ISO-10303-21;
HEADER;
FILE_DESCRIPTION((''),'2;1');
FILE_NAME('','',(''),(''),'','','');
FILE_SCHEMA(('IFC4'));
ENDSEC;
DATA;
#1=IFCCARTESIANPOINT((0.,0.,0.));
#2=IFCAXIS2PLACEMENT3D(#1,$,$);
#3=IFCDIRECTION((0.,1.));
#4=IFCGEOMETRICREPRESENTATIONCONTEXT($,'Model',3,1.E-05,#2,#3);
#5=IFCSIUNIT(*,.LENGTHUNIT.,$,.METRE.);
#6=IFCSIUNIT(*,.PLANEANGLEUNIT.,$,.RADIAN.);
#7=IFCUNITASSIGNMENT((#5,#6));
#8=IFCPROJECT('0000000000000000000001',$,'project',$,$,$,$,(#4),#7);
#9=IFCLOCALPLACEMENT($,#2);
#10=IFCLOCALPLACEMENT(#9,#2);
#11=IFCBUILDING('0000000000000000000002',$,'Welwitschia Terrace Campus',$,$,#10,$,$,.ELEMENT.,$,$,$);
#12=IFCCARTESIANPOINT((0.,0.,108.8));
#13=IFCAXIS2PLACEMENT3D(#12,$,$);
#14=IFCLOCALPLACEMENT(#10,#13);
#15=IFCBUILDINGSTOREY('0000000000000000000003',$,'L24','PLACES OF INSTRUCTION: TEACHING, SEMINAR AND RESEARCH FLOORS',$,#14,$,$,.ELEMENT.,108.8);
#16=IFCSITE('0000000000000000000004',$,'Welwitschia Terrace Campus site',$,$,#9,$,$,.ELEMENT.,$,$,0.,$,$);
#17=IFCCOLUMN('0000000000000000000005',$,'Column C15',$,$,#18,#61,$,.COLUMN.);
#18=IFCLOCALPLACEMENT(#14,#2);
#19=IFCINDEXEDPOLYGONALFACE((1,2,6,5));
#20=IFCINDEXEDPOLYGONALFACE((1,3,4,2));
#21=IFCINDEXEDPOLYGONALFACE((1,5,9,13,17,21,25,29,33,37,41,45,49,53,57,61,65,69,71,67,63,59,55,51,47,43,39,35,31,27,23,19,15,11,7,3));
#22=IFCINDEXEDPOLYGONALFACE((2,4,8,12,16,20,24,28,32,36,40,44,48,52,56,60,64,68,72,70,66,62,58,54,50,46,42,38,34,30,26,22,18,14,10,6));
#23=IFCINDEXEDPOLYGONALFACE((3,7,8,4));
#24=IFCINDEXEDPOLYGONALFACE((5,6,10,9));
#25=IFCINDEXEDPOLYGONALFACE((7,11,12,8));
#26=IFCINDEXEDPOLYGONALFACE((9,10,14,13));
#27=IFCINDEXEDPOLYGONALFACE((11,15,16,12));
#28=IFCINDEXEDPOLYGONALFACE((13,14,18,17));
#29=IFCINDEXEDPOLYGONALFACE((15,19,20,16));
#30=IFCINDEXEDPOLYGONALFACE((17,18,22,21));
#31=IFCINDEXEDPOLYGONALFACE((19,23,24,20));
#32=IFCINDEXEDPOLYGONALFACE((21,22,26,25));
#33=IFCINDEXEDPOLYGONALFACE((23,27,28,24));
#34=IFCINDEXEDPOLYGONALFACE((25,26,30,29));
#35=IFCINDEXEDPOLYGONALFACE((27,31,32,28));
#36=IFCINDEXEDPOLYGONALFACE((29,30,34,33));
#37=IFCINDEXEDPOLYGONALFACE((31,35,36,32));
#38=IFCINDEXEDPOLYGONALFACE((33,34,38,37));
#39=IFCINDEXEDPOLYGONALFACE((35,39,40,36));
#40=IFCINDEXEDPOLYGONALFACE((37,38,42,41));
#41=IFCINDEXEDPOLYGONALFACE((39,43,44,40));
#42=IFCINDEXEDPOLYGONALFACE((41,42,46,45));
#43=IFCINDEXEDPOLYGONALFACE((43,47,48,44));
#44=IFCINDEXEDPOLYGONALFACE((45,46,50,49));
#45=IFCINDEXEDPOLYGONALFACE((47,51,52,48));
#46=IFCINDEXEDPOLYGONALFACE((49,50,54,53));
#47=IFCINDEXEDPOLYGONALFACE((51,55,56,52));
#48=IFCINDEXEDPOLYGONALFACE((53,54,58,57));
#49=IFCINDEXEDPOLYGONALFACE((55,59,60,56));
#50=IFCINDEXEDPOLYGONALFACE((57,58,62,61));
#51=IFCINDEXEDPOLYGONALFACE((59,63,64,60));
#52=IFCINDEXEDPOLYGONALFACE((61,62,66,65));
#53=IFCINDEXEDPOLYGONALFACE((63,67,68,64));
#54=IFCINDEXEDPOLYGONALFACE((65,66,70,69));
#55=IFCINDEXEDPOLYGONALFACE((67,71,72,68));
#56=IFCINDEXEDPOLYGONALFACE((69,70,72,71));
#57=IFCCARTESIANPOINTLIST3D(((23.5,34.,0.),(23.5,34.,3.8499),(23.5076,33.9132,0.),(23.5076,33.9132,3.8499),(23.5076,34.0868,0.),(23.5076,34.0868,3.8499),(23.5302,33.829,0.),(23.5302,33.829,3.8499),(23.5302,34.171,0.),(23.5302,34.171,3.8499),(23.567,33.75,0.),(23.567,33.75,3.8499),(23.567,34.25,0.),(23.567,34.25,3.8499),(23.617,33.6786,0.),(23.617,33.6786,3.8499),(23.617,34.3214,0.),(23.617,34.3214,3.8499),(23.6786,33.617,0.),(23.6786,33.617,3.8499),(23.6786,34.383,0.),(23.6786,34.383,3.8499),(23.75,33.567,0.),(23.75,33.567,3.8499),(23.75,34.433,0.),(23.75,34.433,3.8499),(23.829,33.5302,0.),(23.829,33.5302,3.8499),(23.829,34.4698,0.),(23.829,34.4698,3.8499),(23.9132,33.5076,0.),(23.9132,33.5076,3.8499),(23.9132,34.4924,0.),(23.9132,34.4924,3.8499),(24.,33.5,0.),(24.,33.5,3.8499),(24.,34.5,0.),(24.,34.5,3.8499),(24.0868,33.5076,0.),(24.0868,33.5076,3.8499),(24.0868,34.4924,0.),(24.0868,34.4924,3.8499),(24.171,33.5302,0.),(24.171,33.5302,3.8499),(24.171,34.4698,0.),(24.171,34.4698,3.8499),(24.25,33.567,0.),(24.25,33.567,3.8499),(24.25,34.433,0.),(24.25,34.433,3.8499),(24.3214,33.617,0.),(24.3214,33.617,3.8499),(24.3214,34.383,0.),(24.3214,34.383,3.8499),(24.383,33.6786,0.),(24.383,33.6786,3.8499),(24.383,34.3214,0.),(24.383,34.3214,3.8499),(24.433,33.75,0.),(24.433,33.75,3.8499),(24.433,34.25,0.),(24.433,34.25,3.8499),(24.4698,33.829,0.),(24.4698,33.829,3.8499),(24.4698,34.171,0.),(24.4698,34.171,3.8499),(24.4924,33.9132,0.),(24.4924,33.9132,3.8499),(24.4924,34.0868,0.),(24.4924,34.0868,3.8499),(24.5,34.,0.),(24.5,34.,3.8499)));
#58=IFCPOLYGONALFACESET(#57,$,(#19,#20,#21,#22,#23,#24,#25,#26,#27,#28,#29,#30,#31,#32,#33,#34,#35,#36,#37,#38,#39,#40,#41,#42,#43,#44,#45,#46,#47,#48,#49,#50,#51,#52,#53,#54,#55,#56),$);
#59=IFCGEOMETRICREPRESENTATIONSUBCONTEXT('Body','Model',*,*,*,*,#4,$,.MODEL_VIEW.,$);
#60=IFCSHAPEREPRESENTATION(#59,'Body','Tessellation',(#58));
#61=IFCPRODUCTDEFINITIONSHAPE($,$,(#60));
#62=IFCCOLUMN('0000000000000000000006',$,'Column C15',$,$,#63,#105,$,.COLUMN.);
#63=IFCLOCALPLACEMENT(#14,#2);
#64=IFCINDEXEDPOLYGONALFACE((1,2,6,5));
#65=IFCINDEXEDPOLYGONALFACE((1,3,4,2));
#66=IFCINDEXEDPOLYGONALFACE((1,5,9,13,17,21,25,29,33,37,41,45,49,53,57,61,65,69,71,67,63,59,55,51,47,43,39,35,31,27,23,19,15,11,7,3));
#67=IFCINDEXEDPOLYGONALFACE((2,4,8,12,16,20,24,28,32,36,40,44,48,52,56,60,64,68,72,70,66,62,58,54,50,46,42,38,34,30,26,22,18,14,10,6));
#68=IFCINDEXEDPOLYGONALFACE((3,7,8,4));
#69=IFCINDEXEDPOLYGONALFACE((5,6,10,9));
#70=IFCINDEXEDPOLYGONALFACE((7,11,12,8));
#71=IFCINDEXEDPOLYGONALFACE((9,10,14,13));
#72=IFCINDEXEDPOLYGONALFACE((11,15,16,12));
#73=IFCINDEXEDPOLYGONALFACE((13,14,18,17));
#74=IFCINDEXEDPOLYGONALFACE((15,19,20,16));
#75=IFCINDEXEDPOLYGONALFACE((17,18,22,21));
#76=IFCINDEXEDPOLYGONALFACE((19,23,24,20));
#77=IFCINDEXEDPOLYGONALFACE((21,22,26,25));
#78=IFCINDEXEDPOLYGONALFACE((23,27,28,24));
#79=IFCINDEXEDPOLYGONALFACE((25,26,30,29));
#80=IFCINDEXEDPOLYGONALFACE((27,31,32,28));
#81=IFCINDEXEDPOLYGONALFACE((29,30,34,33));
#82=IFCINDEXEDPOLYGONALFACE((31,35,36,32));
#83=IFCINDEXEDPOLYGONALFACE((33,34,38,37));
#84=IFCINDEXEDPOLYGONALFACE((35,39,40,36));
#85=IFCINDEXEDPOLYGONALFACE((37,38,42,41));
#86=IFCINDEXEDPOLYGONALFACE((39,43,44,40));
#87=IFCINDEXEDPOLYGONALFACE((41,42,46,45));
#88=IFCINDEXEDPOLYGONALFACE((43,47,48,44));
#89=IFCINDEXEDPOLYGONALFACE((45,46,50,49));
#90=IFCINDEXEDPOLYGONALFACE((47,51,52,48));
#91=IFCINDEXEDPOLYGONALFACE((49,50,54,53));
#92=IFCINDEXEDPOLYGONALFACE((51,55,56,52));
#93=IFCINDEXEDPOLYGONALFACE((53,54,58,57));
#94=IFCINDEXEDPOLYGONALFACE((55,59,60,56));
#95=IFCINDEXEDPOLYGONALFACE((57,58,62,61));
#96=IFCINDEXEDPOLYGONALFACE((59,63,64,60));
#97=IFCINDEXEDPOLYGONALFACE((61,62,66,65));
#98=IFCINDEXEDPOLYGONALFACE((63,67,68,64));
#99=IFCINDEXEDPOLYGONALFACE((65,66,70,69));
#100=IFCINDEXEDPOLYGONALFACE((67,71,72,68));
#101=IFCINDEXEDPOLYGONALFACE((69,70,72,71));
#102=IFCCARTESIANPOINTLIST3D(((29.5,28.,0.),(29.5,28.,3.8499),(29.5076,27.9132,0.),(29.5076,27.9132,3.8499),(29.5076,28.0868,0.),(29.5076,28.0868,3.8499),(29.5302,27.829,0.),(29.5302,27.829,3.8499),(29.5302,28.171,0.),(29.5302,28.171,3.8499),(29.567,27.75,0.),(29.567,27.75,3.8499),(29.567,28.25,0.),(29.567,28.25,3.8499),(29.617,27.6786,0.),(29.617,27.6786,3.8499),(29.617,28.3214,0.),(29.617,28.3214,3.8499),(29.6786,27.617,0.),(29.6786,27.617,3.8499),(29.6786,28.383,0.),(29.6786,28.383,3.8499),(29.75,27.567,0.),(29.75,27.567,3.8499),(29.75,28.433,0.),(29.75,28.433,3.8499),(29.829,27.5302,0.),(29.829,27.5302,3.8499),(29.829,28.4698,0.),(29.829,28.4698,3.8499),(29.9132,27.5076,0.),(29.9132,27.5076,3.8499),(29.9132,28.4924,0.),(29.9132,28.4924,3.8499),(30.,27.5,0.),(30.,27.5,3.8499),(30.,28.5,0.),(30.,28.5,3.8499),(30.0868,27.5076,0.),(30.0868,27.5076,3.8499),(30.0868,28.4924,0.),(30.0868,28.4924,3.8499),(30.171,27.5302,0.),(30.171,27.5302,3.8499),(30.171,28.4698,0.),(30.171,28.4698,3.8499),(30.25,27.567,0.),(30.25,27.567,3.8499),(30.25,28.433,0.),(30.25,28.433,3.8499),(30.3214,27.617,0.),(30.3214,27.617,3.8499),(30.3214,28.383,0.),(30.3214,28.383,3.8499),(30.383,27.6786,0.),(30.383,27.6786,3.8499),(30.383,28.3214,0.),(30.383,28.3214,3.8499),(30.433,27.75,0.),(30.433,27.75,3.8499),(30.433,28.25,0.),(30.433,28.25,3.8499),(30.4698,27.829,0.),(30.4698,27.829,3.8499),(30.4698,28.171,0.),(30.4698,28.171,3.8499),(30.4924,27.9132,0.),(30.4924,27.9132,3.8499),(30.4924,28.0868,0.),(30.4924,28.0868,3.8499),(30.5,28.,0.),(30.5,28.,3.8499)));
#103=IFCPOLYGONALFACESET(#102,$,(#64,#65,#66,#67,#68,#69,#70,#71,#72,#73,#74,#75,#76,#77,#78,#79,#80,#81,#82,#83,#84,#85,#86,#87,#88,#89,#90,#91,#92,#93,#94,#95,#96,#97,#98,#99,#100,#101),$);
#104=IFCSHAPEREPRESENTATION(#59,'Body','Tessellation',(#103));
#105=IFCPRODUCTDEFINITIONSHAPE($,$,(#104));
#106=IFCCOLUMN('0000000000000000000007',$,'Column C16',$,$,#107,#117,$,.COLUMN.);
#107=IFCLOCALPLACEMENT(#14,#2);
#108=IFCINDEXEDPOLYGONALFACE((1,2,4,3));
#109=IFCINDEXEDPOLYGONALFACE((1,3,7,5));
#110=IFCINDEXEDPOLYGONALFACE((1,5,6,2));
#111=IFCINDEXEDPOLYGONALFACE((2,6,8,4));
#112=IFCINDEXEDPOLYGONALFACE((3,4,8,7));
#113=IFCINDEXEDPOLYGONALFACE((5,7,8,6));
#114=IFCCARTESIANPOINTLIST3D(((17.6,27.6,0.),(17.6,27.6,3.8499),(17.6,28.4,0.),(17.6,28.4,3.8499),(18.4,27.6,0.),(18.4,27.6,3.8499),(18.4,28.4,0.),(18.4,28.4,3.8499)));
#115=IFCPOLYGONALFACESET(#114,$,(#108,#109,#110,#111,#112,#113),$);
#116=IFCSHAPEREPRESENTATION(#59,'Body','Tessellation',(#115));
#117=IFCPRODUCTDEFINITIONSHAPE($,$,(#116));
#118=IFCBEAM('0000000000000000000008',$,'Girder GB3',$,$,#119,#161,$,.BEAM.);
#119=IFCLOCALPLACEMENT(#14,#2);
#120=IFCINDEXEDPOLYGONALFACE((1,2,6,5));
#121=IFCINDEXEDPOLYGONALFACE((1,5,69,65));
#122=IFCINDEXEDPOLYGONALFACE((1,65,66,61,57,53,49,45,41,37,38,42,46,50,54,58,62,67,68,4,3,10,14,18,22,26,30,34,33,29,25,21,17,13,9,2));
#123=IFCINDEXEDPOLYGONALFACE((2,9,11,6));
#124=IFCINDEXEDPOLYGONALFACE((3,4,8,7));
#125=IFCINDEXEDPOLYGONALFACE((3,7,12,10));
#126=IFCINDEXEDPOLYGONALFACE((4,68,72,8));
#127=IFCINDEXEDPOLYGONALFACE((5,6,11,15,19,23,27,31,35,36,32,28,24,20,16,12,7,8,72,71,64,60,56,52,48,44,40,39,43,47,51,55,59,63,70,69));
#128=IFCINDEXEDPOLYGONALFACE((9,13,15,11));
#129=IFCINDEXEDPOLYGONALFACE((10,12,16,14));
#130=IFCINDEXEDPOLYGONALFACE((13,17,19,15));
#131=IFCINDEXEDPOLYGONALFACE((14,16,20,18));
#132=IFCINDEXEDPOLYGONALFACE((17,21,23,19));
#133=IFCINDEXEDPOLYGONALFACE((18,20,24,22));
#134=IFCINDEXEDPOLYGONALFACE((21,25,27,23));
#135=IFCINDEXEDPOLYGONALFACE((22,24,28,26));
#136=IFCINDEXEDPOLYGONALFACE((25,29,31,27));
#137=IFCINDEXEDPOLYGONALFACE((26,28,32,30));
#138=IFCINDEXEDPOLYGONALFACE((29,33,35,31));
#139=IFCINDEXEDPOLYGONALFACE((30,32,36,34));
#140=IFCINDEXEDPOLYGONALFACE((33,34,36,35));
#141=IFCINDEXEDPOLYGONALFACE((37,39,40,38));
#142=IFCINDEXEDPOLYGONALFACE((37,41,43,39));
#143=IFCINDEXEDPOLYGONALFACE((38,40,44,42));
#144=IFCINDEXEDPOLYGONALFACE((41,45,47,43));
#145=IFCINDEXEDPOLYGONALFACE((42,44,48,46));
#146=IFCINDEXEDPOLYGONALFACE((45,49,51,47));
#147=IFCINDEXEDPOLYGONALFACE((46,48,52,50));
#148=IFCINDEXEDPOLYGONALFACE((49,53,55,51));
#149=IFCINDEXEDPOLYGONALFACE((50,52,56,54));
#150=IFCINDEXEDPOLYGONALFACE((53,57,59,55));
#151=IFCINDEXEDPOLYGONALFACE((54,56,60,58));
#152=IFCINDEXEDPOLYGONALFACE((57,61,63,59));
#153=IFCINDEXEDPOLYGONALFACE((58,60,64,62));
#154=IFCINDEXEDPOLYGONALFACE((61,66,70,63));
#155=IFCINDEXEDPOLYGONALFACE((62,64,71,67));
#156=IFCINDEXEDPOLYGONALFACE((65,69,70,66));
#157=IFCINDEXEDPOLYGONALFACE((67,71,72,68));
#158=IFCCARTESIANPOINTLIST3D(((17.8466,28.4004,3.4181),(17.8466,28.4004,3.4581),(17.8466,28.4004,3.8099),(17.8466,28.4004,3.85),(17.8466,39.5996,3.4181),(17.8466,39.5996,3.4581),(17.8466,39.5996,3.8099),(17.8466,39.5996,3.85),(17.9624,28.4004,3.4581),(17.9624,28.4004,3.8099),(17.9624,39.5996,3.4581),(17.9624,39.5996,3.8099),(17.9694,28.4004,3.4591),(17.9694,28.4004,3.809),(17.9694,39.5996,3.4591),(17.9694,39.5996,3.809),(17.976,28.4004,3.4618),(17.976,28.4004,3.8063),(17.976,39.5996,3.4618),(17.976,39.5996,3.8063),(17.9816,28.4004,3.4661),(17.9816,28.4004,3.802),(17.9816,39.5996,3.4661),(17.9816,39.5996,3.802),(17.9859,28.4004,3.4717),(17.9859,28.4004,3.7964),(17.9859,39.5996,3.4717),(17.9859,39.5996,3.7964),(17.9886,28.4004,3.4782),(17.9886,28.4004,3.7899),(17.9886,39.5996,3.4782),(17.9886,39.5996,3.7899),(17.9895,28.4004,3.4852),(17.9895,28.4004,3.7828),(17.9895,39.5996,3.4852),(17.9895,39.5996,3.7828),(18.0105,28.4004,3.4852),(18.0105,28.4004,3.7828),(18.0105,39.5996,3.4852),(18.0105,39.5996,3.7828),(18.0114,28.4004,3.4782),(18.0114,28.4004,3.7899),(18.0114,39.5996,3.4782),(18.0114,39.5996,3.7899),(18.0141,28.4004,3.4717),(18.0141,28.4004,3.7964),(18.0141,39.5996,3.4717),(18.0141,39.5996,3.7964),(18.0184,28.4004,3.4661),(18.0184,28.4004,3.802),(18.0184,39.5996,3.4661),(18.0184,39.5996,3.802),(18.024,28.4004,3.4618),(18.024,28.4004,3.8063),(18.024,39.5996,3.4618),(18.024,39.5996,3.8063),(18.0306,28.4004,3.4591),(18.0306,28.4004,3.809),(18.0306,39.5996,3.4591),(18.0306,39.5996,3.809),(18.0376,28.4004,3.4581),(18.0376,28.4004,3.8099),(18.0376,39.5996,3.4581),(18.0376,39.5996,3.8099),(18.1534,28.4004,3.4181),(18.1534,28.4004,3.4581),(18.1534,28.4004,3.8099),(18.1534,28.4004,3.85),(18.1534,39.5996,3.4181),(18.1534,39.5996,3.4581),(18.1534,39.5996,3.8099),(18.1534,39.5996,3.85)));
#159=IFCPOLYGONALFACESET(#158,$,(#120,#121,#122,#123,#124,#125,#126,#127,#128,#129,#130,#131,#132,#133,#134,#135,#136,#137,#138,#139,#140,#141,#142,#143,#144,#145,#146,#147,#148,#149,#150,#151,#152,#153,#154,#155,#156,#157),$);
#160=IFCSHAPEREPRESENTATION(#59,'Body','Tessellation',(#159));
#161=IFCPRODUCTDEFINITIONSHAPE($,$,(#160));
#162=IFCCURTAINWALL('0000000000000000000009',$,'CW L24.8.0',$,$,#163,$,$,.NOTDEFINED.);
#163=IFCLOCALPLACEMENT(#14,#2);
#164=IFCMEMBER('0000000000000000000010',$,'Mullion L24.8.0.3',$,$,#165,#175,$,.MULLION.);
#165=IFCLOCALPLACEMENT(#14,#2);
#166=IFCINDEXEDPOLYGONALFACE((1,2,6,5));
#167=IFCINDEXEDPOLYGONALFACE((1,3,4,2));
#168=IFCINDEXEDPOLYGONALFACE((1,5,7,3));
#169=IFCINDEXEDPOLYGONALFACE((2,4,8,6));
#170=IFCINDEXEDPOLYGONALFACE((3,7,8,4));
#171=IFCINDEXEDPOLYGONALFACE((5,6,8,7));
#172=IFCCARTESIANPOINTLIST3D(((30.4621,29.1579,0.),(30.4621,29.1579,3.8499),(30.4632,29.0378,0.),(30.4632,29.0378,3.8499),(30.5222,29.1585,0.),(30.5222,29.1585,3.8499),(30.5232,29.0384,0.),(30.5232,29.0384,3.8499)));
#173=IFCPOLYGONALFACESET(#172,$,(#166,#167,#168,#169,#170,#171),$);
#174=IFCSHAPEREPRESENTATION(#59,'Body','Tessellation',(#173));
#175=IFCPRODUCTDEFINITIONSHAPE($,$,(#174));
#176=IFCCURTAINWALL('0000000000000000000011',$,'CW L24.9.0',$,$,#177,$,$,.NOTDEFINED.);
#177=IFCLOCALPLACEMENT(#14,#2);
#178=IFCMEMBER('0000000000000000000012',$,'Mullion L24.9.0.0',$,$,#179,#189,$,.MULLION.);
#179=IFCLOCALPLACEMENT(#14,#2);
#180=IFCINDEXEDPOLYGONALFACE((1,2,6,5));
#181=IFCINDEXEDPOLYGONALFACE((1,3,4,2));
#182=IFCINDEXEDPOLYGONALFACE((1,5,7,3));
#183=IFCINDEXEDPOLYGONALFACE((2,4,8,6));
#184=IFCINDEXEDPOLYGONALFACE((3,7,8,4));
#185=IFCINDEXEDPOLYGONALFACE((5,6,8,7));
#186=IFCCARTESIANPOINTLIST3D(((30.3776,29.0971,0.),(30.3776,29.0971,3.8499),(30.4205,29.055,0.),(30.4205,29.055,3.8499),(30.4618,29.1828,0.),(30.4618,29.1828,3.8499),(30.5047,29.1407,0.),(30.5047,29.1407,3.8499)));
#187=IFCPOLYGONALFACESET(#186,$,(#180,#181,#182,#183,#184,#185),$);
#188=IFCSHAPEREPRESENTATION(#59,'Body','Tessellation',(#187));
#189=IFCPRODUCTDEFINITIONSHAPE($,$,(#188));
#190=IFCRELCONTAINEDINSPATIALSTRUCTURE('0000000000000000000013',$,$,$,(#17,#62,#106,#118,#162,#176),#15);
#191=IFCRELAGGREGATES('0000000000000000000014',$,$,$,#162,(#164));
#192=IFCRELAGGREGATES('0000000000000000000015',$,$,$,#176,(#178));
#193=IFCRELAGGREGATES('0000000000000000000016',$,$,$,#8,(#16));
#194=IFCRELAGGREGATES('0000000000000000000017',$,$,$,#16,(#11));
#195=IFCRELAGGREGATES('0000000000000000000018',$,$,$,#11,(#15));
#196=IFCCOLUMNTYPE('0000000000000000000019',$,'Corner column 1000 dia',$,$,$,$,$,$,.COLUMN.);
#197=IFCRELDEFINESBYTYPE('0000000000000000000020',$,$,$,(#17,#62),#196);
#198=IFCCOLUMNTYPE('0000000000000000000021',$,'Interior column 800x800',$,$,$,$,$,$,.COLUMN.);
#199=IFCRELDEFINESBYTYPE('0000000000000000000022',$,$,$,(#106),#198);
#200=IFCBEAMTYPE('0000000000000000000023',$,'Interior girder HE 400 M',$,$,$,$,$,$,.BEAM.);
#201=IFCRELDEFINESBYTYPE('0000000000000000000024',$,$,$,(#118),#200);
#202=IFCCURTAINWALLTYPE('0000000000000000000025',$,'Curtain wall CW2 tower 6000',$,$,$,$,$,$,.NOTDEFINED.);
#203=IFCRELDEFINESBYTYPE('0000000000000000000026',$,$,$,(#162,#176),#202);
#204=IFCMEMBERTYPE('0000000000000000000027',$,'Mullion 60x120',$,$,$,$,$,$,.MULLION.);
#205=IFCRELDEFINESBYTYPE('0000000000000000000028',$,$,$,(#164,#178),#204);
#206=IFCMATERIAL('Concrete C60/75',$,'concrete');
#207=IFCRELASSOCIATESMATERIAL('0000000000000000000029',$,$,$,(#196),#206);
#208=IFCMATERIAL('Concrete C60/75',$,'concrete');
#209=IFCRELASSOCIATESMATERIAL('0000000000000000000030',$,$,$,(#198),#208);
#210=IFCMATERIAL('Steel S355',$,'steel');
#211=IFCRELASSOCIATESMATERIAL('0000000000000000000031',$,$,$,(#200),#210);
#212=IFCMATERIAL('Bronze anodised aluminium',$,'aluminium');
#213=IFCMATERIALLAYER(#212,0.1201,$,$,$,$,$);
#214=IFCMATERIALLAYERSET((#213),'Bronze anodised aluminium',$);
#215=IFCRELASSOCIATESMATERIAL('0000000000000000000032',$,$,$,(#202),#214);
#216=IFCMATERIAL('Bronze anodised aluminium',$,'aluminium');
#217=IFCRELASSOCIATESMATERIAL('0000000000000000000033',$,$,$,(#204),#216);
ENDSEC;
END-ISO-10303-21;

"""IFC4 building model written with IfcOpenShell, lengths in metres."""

from ifc_helpers import new_model, si_unit, direction, frame, origin, origin_2d, place, context, subcontext, project, spatial, rectangle, circle, i_section, extrude, material, layer, layer_set, material_profile, profile_set, type_object, element, aggregate, save


model = new_model("IFC4")

# Units and contexts
model_context = context("Model", 3, precision=1e-05, world=origin(), true_north=direction((0.0, 1.0)))
body_context = subcontext(model_context, "Body", "Model", "MODEL_VIEW")
ifc_project = project(units=[si_unit("LENGTHUNIT", "METRE"), si_unit("PLANEANGLEUNIT", "RADIAN")], contexts=[model_context])

# Site, building, storey
site_placement = place(None, origin())
site = spatial("IfcSite", under=ifc_project, at=site_placement, Name="Welwitschia Terrace Campus site", CompositionType="ELEMENT", RefElevation=0.0)
building_placement = place(site_placement, origin())
building = spatial("IfcBuilding", under=site, at=building_placement, Name="Welwitschia Terrace Campus", CompositionType="ELEMENT")
storey_placement = place(building_placement, frame((0.0, 0.0, 108.8)))
storey = spatial("IfcBuildingStorey", under=building, at=storey_placement, Name="L24", Description="PLACES OF INSTRUCTION: TEACHING, SEMINAR AND RESEARCH FLOORS", CompositionType="ELEMENT", Elevation=108.8)

# Columns
ifc_material_1 = material(Name="Concrete C60/75", Category="concrete")
ifc_material_profile_1 = material_profile(ifc_material_1, circle(Radius=0.5, at=origin_2d()))
ifc_profile_set_1 = profile_set([ifc_material_profile_1], Name="Concrete C60/75")
column_type_1 = type_object("IfcColumnType", Name="Corner column 1000 dia", PredefinedType="COLUMN", material=ifc_profile_set_1)
for number, where, z_axis, x_axis, name in (
    (1, (24.0, 34.0, 0.0), (0.0, 0.0, 1.0), (1.0, 0.0, 0.0), "Column C15"),
    (2, (30.0, 28.0, 0.0), (0.0, 0.0, 1.0), (1.0, 0.0, 0.0), "Column C15"),
):
    element("IfcColumn", number, at=place(storey_placement, frame(where, z_axis=z_axis, x_axis=x_axis)), inside=storey, type_object=column_type_1, Name=name, PredefinedType="COLUMN", context=body_context, shape_type="SweptSolid", body=[
        extrude(circle(Radius=0.5, at=origin_2d()), origin(), (0.0, 0.0, 1.0), 3.8499),
    ])
ifc_material_2 = material(Name="Concrete C60/75", Category="concrete")
ifc_material_profile_2 = material_profile(ifc_material_2, rectangle(XDim=0.8, YDim=0.8, at=origin_2d()))
ifc_profile_set_2 = profile_set([ifc_material_profile_2], Name="Concrete C60/75")
column_type_2 = type_object("IfcColumnType", Name="Interior column 800x800", PredefinedType="COLUMN", material=ifc_profile_set_2)
column_placement = place(storey_placement, frame((18.0, 28.0, 0.0), z_axis=(0.0, 0.0, 1.0), x_axis=(1.0, 0.0, 0.0)))
element("IfcColumn", 3, at=column_placement, inside=storey, type_object=column_type_2, Name="Column C16", PredefinedType="COLUMN", context=body_context, shape_type="SweptSolid", body=[
    extrude(rectangle(XDim=0.8, YDim=0.8, at=origin_2d()), origin(), (0.0, 0.0, 1.0), 3.8499),
])

# Beam
ifc_material_3 = material(Name="Steel S355", Category="steel")
ifc_material_profile_3 = material_profile(ifc_material_3, i_section(OverallWidth=0.3069, OverallDepth=0.4319, WebThickness=0.021, FlangeThickness=0.04, FilletRadius=0.0271, at=origin_2d()))
ifc_profile_set_3 = profile_set([ifc_material_profile_3], Name="Steel S355")
beam_type_1 = type_object("IfcBeamType", Name="Interior girder HE 400 M", PredefinedType="BEAM", material=ifc_profile_set_3)
beam_1_placement = place(storey_placement, frame((18.0, 28.4004, 3.634), z_axis=(0.0, 1.0, 0.0), x_axis=(-1.0, 0.0, 0.0)))
element("IfcBeam", 4, at=beam_1_placement, inside=storey, type_object=beam_type_1, Name="Girder GB3", PredefinedType="BEAM", context=body_context, shape_type="SweptSolid", body=[
    extrude(i_section(OverallWidth=0.3069, OverallDepth=0.4319, WebThickness=0.021, FlangeThickness=0.04, FilletRadius=0.0271, at=origin_2d()), origin(), (0.0, 0.0, 1.0), 11.1992),
])

# Curtain walls, members
ifc_material_4 = material(Name="Bronze anodised aluminium", Category="aluminium")
ifc_layer_1 = layer(ifc_material_4, 0.1201)
ifc_layer_set_1 = layer_set([ifc_layer_1], Name="Bronze anodised aluminium")
curtain_wall_type = type_object("IfcCurtainWallType", Name="Curtain wall CW2 tower 6000", PredefinedType="NOTDEFINED", material=ifc_layer_set_1)
curtain_wall_1_placement = place(storey_placement, origin())
curtain_wall_1 = element("IfcCurtainWall", 5, at=curtain_wall_1_placement, inside=storey, type_object=curtain_wall_type, Name="CW L24.8.0", PredefinedType="NOTDEFINED")
ifc_material_5 = material(Name="Bronze anodised aluminium", Category="aluminium")
ifc_material_profile_4 = material_profile(ifc_material_5, rectangle(XDim=0.1201, YDim=0.0601, at=origin_2d()))
ifc_profile_set_4 = profile_set([ifc_material_profile_4], Name="Bronze anodised aluminium")
member_type_1 = type_object("IfcMemberType", Name="Mullion 60x120", PredefinedType="MULLION", material=ifc_profile_set_4)
member_1_placement = place(storey_placement, frame((30.4927, 29.0981, 0.0), z_axis=(0.0, 0.0, 1.0), x_axis=(0.008727, -0.999962, 0.0)))
member_1 = element("IfcMember", 6, at=member_1_placement, type_object=member_type_1, Name="Mullion L24.8.0.3", PredefinedType="MULLION", context=body_context, shape_type="SweptSolid", body=[
    extrude(rectangle(XDim=0.1201, YDim=0.0601, at=origin_2d()), origin(), (0.0, 0.0, 1.0), 3.8499),
])
curtain_wall_2_placement = place(storey_placement, origin())
curtain_wall_2 = element("IfcCurtainWall", 7, at=curtain_wall_2_placement, inside=storey, type_object=curtain_wall_type, Name="CW L24.9.0", PredefinedType="NOTDEFINED")
member_2_placement = place(storey_placement, frame((30.4412, 29.1189, 0.0), z_axis=(0.0, 0.0, 1.0), x_axis=(-0.700909, -0.71325, 0.0)))
member_2 = element("IfcMember", 8, at=member_2_placement, type_object=member_type_1, Name="Mullion L24.9.0.0", PredefinedType="MULLION", context=body_context, shape_type="SweptSolid", body=[
    extrude(rectangle(XDim=0.1201, YDim=0.0601, at=origin_2d()), origin(), (0.0, 0.0, 1.0), 3.8499),
])

aggregate(curtain_wall_1, [member_1])
aggregate(curtain_wall_2, [member_2])

save(model, "model.ifc")
